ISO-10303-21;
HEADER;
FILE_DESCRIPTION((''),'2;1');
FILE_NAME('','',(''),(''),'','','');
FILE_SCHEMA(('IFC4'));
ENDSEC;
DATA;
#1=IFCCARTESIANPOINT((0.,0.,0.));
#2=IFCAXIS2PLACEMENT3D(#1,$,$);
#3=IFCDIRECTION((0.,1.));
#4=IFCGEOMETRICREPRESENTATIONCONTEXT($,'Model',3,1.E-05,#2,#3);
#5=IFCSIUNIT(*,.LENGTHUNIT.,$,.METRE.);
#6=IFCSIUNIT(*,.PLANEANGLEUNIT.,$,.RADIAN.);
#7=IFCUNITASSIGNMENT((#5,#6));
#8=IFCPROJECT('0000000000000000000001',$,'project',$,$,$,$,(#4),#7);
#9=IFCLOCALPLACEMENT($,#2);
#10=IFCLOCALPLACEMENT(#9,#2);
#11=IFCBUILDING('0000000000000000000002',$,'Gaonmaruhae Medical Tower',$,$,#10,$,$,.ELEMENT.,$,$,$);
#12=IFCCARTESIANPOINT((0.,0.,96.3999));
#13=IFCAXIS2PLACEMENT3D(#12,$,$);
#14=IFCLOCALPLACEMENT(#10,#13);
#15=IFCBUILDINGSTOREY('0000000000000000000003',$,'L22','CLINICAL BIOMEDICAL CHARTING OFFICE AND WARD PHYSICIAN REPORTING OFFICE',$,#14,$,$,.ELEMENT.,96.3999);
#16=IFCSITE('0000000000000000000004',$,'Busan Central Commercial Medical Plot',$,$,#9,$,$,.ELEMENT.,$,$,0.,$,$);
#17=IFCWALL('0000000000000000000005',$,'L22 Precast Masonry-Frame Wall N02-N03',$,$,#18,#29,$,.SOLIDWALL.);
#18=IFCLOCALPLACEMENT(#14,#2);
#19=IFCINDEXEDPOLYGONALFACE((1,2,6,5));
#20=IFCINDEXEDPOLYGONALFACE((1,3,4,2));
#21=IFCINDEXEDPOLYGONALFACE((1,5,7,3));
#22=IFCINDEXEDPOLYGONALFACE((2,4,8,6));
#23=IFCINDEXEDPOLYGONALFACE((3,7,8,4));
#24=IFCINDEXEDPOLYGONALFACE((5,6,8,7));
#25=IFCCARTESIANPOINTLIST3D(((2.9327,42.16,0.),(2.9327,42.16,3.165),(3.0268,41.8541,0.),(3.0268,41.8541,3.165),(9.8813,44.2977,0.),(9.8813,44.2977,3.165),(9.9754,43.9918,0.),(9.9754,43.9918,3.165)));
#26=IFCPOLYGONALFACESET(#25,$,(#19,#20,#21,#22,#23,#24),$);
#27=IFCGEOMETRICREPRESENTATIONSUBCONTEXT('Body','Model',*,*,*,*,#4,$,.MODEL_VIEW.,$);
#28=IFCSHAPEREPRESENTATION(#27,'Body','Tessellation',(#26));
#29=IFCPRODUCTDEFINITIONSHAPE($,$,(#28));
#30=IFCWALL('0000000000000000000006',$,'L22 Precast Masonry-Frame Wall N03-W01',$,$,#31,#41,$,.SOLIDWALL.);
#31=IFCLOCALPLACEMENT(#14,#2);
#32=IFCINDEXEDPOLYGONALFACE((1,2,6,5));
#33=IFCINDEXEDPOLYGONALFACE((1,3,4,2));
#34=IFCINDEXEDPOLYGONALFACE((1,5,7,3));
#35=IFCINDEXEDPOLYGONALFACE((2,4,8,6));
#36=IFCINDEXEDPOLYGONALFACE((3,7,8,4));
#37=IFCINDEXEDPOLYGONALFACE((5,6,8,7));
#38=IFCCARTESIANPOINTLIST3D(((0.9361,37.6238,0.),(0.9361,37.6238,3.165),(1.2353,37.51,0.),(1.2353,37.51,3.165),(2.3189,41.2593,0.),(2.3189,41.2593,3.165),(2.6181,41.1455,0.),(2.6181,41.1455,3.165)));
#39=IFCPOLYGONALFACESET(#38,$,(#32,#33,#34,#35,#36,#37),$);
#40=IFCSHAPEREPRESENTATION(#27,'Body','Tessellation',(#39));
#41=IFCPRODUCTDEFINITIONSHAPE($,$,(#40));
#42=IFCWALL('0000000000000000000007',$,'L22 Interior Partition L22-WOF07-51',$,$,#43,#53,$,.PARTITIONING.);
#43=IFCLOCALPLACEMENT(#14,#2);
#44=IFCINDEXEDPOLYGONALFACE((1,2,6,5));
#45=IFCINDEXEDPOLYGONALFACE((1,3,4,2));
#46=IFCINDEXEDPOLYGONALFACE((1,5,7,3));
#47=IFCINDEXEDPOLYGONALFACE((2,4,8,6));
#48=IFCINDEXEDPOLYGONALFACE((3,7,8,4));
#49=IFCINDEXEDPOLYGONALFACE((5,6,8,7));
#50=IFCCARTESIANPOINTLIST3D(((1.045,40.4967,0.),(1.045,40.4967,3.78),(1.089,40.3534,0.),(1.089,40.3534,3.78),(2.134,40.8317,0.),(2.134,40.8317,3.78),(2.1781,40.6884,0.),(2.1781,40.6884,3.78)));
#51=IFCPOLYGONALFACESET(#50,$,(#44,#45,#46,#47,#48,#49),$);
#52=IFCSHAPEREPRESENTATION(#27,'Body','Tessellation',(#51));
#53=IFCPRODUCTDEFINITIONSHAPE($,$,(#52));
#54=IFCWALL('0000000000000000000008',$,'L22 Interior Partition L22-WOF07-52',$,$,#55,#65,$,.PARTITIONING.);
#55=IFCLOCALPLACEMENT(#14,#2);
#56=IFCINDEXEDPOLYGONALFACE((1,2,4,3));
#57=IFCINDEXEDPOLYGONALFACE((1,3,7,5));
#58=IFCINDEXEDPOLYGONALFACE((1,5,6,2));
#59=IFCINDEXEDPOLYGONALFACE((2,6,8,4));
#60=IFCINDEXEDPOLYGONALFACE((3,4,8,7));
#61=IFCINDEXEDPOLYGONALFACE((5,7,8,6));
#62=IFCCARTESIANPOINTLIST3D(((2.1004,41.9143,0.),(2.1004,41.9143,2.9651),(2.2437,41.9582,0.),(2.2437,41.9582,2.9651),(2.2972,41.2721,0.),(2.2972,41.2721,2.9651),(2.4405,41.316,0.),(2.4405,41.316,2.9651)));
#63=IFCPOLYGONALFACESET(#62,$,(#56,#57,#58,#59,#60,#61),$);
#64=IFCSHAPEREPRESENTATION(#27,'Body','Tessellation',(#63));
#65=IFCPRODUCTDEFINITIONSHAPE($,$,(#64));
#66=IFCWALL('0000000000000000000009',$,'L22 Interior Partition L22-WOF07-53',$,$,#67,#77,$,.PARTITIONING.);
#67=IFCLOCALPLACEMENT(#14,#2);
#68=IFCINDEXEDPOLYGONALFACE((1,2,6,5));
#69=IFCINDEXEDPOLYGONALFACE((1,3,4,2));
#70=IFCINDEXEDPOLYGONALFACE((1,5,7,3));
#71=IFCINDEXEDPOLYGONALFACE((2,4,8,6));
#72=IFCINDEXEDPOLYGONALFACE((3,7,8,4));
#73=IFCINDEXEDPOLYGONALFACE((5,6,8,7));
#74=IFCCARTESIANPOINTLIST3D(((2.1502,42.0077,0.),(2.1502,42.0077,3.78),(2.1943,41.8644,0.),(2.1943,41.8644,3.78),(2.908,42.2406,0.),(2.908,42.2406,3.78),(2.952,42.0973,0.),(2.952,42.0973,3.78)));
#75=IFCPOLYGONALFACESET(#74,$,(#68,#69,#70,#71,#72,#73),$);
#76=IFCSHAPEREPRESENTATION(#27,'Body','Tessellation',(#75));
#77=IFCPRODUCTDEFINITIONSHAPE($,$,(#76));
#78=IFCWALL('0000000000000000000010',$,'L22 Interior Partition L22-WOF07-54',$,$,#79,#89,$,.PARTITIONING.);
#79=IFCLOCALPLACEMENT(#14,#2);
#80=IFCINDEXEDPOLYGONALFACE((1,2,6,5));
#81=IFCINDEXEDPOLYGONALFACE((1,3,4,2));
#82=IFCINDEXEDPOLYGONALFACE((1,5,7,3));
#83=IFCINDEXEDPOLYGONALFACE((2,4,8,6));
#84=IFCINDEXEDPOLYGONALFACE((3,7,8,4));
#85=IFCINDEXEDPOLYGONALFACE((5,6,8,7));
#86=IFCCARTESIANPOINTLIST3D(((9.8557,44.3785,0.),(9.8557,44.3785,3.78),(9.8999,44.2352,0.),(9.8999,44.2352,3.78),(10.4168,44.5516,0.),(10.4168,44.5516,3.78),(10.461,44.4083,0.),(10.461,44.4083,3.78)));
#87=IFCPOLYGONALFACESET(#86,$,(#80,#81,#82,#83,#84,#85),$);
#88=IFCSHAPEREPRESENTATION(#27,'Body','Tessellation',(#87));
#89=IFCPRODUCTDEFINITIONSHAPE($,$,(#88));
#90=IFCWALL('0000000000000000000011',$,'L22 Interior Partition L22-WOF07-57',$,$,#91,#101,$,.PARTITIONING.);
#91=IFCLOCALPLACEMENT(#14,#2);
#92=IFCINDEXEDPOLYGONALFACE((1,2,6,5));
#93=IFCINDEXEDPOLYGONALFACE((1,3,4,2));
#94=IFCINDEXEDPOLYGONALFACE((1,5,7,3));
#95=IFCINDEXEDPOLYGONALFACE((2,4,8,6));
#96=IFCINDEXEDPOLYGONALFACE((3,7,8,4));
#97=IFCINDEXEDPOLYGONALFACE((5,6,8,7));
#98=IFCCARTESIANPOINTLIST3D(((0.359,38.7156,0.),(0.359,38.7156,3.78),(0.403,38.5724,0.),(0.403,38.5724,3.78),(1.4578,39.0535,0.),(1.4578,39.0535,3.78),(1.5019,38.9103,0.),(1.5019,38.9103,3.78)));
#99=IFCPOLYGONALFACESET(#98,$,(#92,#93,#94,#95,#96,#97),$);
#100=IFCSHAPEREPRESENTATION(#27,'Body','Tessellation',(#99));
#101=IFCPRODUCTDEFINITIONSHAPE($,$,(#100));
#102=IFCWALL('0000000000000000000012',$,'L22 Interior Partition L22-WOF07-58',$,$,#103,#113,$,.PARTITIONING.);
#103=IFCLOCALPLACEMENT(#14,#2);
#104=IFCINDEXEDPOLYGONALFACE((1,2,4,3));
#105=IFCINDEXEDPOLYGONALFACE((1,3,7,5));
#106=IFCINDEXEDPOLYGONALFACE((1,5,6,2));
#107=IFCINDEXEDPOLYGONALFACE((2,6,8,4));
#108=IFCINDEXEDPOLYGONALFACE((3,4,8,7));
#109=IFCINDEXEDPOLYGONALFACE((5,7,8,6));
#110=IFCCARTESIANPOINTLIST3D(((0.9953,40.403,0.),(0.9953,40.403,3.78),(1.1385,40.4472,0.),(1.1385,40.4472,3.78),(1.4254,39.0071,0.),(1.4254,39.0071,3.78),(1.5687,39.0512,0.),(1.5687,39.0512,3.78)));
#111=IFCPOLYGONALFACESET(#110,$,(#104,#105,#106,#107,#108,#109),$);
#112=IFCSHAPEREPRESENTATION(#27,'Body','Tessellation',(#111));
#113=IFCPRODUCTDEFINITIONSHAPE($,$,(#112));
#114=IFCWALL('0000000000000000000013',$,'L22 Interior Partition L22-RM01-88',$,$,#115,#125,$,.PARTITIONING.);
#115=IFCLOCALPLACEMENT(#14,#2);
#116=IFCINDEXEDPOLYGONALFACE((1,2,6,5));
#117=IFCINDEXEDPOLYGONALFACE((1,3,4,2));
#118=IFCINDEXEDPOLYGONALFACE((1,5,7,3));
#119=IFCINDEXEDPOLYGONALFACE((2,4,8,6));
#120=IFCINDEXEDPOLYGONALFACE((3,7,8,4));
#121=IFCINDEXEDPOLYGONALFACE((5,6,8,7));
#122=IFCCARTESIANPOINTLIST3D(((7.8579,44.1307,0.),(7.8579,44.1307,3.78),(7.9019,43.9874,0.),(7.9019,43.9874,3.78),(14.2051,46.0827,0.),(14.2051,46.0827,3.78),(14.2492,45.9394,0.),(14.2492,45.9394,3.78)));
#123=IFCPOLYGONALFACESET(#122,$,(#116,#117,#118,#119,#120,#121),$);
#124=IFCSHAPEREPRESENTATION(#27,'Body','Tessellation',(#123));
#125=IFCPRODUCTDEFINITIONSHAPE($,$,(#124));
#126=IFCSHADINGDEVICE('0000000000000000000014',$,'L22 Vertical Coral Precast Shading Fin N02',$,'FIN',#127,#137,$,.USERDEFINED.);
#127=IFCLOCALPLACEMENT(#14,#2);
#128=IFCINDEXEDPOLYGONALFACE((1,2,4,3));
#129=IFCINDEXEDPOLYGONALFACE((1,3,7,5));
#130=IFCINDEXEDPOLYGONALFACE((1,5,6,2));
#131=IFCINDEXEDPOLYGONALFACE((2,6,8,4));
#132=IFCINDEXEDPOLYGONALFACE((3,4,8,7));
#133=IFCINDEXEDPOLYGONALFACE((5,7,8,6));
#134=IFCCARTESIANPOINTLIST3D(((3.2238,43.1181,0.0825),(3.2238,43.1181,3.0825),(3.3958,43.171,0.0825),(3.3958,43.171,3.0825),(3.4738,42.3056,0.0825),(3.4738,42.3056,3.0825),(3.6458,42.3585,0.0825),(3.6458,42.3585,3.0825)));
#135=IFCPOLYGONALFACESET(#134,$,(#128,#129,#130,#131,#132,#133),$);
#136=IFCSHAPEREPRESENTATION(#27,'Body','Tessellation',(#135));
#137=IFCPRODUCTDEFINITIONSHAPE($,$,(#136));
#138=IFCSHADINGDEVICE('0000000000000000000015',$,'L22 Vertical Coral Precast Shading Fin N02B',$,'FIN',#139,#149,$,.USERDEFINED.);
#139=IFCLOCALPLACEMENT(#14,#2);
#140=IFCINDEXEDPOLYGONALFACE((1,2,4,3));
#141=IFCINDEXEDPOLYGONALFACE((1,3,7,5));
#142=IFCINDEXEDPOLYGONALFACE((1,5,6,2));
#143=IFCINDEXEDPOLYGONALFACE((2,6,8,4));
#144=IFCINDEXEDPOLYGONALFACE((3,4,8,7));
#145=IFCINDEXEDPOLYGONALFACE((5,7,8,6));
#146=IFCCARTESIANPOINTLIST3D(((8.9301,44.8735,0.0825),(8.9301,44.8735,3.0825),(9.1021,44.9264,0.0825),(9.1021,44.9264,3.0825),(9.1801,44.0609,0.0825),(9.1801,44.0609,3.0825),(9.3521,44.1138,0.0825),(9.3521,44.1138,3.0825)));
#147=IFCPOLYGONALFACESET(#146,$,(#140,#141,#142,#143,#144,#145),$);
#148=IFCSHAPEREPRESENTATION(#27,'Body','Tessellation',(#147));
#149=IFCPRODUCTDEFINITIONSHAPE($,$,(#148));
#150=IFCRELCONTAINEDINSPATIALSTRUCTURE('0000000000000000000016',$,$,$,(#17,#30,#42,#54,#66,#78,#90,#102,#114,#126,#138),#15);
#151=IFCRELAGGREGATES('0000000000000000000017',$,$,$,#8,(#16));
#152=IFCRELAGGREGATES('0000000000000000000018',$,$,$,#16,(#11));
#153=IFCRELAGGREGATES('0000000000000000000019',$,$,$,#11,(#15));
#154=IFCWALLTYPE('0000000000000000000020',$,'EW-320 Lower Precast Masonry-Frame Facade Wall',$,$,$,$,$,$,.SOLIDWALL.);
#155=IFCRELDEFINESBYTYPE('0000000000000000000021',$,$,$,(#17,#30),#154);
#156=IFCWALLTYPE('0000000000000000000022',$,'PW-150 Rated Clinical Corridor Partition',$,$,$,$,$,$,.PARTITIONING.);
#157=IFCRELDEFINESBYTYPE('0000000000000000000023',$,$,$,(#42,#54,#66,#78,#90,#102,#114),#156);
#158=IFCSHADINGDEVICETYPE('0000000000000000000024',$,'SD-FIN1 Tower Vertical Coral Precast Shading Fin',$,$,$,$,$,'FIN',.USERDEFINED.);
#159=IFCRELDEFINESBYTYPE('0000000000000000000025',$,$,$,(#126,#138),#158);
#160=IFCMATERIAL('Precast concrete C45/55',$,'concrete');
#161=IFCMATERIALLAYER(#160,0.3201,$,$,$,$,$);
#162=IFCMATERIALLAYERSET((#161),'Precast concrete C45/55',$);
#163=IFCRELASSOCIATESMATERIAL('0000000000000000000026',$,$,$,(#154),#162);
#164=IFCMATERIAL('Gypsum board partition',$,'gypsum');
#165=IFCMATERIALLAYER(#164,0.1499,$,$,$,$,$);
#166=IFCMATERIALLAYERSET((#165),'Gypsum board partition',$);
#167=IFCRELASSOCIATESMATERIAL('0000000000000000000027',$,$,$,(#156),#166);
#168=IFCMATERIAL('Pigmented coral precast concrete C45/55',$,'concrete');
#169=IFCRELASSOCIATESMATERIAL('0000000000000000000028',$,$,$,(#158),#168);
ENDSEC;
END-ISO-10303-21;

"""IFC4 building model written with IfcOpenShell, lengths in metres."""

from ifc_helpers import new_model, si_unit, direction, frame, frame_2d, origin, origin_2d, place, context, subcontext, project, spatial, rectangle, extrude, material, layer, layer_set, type_object, element, save


model = new_model("IFC4")

# Units and contexts
model_context = context("Model", 3, precision=1e-05, world=origin(), true_north=direction((0.0, 1.0)))
body_context = subcontext(model_context, "Body", "Model", "MODEL_VIEW")
ifc_project = project(units=[si_unit("LENGTHUNIT", "METRE"), si_unit("PLANEANGLEUNIT", "RADIAN")], contexts=[model_context])

# Site, building, storey
site_placement = place(None, origin())
site = spatial("IfcSite", under=ifc_project, at=site_placement, Name="Busan Central Commercial Medical Plot", CompositionType="ELEMENT", RefElevation=0.0)
building_placement = place(site_placement, origin())
building = spatial("IfcBuilding", under=site, at=building_placement, Name="Gaonmaruhae Medical Tower", CompositionType="ELEMENT")
storey_placement = place(building_placement, frame((0.0, 0.0, 96.3999)))
storey = spatial("IfcBuildingStorey", under=building, at=storey_placement, Name="L22", Description="CLINICAL BIOMEDICAL CHARTING OFFICE AND WARD PHYSICIAN REPORTING OFFICE", CompositionType="ELEMENT", Elevation=96.3999)

# Walls
ifc_material_1 = material(Name="Precast concrete C45/55", Category="concrete")
ifc_layer_1 = layer(ifc_material_1, 0.3201)
ifc_layer_set_1 = layer_set([ifc_layer_1], Name="Precast concrete C45/55")
wall_type_1 = type_object("IfcWallType", Name="EW-320 Lower Precast Masonry-Frame Facade Wall", PredefinedType="SOLIDWALL", material=ifc_layer_set_1)
wall_1_placement = place(storey_placement, frame((2.9797, 42.0071, 0.0), z_axis=(0.0, 0.0, 1.0), x_axis=(0.955794, 0.294039, 0.0)))
element("IfcWall", 1, at=wall_1_placement, inside=storey, type_object=wall_type_1, Name="L22 Precast Masonry-Frame Wall N02-N03", PredefinedType="SOLIDWALL", context=body_context, shape_type="SweptSolid", body=[
    extrude(rectangle(XDim=7.27, YDim=0.3201, at=frame_2d((3.635, 0.0))), origin(), (0.0, 0.0, 1.0), 3.165),
])
wall_2_placement = place(storey_placement, frame((1.0857, 37.5669, 0.0), z_axis=(0.0, 0.0, 1.0), x_axis=(0.355515, 0.934671, 0.0)))
element("IfcWall", 2, at=wall_2_placement, inside=storey, type_object=wall_type_1, Name="L22 Precast Masonry-Frame Wall N03-W01", PredefinedType="SOLIDWALL", context=body_context, shape_type="SweptSolid", body=[
    extrude(rectangle(XDim=3.8896, YDim=0.3201, at=frame_2d((1.9448, 0.0))), origin(), (0.0, 0.0, 1.0), 3.165),
])
ifc_material_2 = material(Name="Gypsum board partition", Category="gypsum")
ifc_layer_2 = layer(ifc_material_2, 0.1499)
ifc_layer_set_2 = layer_set([ifc_layer_2], Name="Gypsum board partition")
wall_type_2 = type_object("IfcWallType", Name="PW-150 Rated Clinical Corridor Partition", PredefinedType="PARTITIONING", material=ifc_layer_set_2)
wall_3_placement = place(storey_placement, frame((1.0669, 40.425, 0.0), z_axis=(0.0, 0.0, 1.0), x_axis=(0.955816, 0.293965, 0.0)))
element("IfcWall", 3, at=wall_3_placement, inside=storey, type_object=wall_type_2, Name="L22 Interior Partition L22-WOF07-51", PredefinedType="PARTITIONING", context=body_context, shape_type="SweptSolid", body=[
    extrude(rectangle(XDim=1.1394, YDim=0.1499, at=frame_2d((0.5698, 0.0))), origin(), (0.0, 0.0, 1.0), 3.78),
])
wall_4_placement = place(storey_placement, frame((2.3689, 41.2939, 0.0), z_axis=(0.0, 0.0, 1.0), x_axis=(-0.293013, 0.956109, 0.0)))
element("IfcWall", 4, at=wall_4_placement, inside=storey, type_object=wall_type_2, Name="L22 Interior Partition L22-WOF07-52", PredefinedType="PARTITIONING", context=body_context, shape_type="SweptSolid", body=[
    extrude(rectangle(XDim=0.6716, YDim=0.1499, at=frame_2d((0.3359, 0.0))), origin(), (0.0, 0.0, 1.0), 2.9651),
])
wall_5_placement = place(storey_placement, frame((2.1721, 41.936, 0.0), z_axis=(0.0, 0.0, 1.0), x_axis=(0.955872, 0.293783, 0.0)))
element("IfcWall", 5, at=wall_5_placement, inside=storey, type_object=wall_type_2, Name="L22 Interior Partition L22-WOF07-53", PredefinedType="PARTITIONING", context=body_context, shape_type="SweptSolid", body=[
    extrude(rectangle(XDim=0.7927, YDim=0.1499, at=frame_2d((0.3965, 0.0))), origin(), (0.0, 0.0, 1.0), 3.78),
])
wall_6_placement = place(storey_placement, frame((9.8779, 44.3069, 0.0), z_axis=(0.0, 0.0, 1.0), x_axis=(0.955554, 0.294816, 0.0)))
element("IfcWall", 6, at=wall_6_placement, inside=storey, type_object=wall_type_2, Name="L22 Interior Partition L22-WOF07-54", PredefinedType="PARTITIONING", context=body_context, shape_type="SweptSolid", body=[
    extrude(rectangle(XDim=0.5872, YDim=0.1499, at=frame_2d((0.2935, 0.0))), origin(), (0.0, 0.0, 1.0), 3.78),
])

# Walls
wall_7_placement = place(storey_placement, frame((0.3811, 38.644, 0.0), z_axis=(0.0, 0.0, 1.0), x_axis=(0.955834, 0.293907, 0.0)))
element("IfcWall", 7, at=wall_7_placement, inside=storey, type_object=wall_type_2, Name="L22 Interior Partition L22-WOF07-57", PredefinedType="PARTITIONING", context=body_context, shape_type="SweptSolid", body=[
    extrude(rectangle(XDim=1.1497, YDim=0.1499, at=frame_2d((0.5747, 0.0))), origin(), (0.0, 0.0, 1.0), 3.78),
])
wall_8_placement = place(storey_placement, frame((1.4971, 39.0291, 0.0), z_axis=(0.0, 0.0, 1.0), x_axis=(-0.294485, 0.955656, 0.0)))
element("IfcWall", 8, at=wall_8_placement, inside=storey, type_object=wall_type_2, Name="L22 Interior Partition L22-WOF07-58", PredefinedType="PARTITIONING", context=body_context, shape_type="SweptSolid", body=[
    extrude(rectangle(XDim=1.4607, YDim=0.1499, at=frame_2d((0.7305, 0.0))), origin(), (0.0, 0.0, 1.0), 3.78),
])
wall_9_placement = place(storey_placement, frame((7.8799, 44.0591, 0.0), z_axis=(0.0, 0.0, 1.0), x_axis=(0.955824, 0.293939, 0.0)))
element("IfcWall", 9, at=wall_9_placement, inside=storey, type_object=wall_type_2, Name="L22 Interior Partition L22-RM01-88", PredefinedType="PARTITIONING", context=body_context, shape_type="SweptSolid", body=[
    extrude(rectangle(XDim=6.6406, YDim=0.1499, at=frame_2d((3.3203, 0.0))), origin(), (0.0, 0.0, 1.0), 3.78),
])

# Shading devices
ifc_material_3 = material(Name="Pigmented coral precast concrete C45/55", Category="concrete")
shading_device_type = type_object("IfcShadingDeviceType", Name="SD-FIN1 Tower Vertical Coral Precast Shading Fin", ElementType="FIN", PredefinedType="USERDEFINED", material=ifc_material_3)
for number, where, z_axis, x_axis, name in (
    (10, (3.4348, 42.7383, 0.0825), (0.0, 0.0, 1.0), (0.955793, 0.29404, 0.0), "L22 Vertical Coral Precast Shading Fin N02"),
    (11, (9.1411, 44.4937, 0.0825), (0.0, 0.0, 1.0), (0.955793, 0.29404, 0.0), "L22 Vertical Coral Precast Shading Fin N02B"),
):
    element("IfcShadingDevice", number, at=place(storey_placement, frame(where, z_axis=z_axis, x_axis=x_axis)), inside=storey, type_object=shading_device_type, Name=name, ObjectType="FIN", PredefinedType="USERDEFINED", context=body_context, shape_type="SweptSolid", body=[
        extrude(rectangle(XDim=0.1799, YDim=0.8501, at=origin_2d()), origin(), (0.0, 0.0, 1.0), 3.0),
    ])

save(model, "model.ifc")
